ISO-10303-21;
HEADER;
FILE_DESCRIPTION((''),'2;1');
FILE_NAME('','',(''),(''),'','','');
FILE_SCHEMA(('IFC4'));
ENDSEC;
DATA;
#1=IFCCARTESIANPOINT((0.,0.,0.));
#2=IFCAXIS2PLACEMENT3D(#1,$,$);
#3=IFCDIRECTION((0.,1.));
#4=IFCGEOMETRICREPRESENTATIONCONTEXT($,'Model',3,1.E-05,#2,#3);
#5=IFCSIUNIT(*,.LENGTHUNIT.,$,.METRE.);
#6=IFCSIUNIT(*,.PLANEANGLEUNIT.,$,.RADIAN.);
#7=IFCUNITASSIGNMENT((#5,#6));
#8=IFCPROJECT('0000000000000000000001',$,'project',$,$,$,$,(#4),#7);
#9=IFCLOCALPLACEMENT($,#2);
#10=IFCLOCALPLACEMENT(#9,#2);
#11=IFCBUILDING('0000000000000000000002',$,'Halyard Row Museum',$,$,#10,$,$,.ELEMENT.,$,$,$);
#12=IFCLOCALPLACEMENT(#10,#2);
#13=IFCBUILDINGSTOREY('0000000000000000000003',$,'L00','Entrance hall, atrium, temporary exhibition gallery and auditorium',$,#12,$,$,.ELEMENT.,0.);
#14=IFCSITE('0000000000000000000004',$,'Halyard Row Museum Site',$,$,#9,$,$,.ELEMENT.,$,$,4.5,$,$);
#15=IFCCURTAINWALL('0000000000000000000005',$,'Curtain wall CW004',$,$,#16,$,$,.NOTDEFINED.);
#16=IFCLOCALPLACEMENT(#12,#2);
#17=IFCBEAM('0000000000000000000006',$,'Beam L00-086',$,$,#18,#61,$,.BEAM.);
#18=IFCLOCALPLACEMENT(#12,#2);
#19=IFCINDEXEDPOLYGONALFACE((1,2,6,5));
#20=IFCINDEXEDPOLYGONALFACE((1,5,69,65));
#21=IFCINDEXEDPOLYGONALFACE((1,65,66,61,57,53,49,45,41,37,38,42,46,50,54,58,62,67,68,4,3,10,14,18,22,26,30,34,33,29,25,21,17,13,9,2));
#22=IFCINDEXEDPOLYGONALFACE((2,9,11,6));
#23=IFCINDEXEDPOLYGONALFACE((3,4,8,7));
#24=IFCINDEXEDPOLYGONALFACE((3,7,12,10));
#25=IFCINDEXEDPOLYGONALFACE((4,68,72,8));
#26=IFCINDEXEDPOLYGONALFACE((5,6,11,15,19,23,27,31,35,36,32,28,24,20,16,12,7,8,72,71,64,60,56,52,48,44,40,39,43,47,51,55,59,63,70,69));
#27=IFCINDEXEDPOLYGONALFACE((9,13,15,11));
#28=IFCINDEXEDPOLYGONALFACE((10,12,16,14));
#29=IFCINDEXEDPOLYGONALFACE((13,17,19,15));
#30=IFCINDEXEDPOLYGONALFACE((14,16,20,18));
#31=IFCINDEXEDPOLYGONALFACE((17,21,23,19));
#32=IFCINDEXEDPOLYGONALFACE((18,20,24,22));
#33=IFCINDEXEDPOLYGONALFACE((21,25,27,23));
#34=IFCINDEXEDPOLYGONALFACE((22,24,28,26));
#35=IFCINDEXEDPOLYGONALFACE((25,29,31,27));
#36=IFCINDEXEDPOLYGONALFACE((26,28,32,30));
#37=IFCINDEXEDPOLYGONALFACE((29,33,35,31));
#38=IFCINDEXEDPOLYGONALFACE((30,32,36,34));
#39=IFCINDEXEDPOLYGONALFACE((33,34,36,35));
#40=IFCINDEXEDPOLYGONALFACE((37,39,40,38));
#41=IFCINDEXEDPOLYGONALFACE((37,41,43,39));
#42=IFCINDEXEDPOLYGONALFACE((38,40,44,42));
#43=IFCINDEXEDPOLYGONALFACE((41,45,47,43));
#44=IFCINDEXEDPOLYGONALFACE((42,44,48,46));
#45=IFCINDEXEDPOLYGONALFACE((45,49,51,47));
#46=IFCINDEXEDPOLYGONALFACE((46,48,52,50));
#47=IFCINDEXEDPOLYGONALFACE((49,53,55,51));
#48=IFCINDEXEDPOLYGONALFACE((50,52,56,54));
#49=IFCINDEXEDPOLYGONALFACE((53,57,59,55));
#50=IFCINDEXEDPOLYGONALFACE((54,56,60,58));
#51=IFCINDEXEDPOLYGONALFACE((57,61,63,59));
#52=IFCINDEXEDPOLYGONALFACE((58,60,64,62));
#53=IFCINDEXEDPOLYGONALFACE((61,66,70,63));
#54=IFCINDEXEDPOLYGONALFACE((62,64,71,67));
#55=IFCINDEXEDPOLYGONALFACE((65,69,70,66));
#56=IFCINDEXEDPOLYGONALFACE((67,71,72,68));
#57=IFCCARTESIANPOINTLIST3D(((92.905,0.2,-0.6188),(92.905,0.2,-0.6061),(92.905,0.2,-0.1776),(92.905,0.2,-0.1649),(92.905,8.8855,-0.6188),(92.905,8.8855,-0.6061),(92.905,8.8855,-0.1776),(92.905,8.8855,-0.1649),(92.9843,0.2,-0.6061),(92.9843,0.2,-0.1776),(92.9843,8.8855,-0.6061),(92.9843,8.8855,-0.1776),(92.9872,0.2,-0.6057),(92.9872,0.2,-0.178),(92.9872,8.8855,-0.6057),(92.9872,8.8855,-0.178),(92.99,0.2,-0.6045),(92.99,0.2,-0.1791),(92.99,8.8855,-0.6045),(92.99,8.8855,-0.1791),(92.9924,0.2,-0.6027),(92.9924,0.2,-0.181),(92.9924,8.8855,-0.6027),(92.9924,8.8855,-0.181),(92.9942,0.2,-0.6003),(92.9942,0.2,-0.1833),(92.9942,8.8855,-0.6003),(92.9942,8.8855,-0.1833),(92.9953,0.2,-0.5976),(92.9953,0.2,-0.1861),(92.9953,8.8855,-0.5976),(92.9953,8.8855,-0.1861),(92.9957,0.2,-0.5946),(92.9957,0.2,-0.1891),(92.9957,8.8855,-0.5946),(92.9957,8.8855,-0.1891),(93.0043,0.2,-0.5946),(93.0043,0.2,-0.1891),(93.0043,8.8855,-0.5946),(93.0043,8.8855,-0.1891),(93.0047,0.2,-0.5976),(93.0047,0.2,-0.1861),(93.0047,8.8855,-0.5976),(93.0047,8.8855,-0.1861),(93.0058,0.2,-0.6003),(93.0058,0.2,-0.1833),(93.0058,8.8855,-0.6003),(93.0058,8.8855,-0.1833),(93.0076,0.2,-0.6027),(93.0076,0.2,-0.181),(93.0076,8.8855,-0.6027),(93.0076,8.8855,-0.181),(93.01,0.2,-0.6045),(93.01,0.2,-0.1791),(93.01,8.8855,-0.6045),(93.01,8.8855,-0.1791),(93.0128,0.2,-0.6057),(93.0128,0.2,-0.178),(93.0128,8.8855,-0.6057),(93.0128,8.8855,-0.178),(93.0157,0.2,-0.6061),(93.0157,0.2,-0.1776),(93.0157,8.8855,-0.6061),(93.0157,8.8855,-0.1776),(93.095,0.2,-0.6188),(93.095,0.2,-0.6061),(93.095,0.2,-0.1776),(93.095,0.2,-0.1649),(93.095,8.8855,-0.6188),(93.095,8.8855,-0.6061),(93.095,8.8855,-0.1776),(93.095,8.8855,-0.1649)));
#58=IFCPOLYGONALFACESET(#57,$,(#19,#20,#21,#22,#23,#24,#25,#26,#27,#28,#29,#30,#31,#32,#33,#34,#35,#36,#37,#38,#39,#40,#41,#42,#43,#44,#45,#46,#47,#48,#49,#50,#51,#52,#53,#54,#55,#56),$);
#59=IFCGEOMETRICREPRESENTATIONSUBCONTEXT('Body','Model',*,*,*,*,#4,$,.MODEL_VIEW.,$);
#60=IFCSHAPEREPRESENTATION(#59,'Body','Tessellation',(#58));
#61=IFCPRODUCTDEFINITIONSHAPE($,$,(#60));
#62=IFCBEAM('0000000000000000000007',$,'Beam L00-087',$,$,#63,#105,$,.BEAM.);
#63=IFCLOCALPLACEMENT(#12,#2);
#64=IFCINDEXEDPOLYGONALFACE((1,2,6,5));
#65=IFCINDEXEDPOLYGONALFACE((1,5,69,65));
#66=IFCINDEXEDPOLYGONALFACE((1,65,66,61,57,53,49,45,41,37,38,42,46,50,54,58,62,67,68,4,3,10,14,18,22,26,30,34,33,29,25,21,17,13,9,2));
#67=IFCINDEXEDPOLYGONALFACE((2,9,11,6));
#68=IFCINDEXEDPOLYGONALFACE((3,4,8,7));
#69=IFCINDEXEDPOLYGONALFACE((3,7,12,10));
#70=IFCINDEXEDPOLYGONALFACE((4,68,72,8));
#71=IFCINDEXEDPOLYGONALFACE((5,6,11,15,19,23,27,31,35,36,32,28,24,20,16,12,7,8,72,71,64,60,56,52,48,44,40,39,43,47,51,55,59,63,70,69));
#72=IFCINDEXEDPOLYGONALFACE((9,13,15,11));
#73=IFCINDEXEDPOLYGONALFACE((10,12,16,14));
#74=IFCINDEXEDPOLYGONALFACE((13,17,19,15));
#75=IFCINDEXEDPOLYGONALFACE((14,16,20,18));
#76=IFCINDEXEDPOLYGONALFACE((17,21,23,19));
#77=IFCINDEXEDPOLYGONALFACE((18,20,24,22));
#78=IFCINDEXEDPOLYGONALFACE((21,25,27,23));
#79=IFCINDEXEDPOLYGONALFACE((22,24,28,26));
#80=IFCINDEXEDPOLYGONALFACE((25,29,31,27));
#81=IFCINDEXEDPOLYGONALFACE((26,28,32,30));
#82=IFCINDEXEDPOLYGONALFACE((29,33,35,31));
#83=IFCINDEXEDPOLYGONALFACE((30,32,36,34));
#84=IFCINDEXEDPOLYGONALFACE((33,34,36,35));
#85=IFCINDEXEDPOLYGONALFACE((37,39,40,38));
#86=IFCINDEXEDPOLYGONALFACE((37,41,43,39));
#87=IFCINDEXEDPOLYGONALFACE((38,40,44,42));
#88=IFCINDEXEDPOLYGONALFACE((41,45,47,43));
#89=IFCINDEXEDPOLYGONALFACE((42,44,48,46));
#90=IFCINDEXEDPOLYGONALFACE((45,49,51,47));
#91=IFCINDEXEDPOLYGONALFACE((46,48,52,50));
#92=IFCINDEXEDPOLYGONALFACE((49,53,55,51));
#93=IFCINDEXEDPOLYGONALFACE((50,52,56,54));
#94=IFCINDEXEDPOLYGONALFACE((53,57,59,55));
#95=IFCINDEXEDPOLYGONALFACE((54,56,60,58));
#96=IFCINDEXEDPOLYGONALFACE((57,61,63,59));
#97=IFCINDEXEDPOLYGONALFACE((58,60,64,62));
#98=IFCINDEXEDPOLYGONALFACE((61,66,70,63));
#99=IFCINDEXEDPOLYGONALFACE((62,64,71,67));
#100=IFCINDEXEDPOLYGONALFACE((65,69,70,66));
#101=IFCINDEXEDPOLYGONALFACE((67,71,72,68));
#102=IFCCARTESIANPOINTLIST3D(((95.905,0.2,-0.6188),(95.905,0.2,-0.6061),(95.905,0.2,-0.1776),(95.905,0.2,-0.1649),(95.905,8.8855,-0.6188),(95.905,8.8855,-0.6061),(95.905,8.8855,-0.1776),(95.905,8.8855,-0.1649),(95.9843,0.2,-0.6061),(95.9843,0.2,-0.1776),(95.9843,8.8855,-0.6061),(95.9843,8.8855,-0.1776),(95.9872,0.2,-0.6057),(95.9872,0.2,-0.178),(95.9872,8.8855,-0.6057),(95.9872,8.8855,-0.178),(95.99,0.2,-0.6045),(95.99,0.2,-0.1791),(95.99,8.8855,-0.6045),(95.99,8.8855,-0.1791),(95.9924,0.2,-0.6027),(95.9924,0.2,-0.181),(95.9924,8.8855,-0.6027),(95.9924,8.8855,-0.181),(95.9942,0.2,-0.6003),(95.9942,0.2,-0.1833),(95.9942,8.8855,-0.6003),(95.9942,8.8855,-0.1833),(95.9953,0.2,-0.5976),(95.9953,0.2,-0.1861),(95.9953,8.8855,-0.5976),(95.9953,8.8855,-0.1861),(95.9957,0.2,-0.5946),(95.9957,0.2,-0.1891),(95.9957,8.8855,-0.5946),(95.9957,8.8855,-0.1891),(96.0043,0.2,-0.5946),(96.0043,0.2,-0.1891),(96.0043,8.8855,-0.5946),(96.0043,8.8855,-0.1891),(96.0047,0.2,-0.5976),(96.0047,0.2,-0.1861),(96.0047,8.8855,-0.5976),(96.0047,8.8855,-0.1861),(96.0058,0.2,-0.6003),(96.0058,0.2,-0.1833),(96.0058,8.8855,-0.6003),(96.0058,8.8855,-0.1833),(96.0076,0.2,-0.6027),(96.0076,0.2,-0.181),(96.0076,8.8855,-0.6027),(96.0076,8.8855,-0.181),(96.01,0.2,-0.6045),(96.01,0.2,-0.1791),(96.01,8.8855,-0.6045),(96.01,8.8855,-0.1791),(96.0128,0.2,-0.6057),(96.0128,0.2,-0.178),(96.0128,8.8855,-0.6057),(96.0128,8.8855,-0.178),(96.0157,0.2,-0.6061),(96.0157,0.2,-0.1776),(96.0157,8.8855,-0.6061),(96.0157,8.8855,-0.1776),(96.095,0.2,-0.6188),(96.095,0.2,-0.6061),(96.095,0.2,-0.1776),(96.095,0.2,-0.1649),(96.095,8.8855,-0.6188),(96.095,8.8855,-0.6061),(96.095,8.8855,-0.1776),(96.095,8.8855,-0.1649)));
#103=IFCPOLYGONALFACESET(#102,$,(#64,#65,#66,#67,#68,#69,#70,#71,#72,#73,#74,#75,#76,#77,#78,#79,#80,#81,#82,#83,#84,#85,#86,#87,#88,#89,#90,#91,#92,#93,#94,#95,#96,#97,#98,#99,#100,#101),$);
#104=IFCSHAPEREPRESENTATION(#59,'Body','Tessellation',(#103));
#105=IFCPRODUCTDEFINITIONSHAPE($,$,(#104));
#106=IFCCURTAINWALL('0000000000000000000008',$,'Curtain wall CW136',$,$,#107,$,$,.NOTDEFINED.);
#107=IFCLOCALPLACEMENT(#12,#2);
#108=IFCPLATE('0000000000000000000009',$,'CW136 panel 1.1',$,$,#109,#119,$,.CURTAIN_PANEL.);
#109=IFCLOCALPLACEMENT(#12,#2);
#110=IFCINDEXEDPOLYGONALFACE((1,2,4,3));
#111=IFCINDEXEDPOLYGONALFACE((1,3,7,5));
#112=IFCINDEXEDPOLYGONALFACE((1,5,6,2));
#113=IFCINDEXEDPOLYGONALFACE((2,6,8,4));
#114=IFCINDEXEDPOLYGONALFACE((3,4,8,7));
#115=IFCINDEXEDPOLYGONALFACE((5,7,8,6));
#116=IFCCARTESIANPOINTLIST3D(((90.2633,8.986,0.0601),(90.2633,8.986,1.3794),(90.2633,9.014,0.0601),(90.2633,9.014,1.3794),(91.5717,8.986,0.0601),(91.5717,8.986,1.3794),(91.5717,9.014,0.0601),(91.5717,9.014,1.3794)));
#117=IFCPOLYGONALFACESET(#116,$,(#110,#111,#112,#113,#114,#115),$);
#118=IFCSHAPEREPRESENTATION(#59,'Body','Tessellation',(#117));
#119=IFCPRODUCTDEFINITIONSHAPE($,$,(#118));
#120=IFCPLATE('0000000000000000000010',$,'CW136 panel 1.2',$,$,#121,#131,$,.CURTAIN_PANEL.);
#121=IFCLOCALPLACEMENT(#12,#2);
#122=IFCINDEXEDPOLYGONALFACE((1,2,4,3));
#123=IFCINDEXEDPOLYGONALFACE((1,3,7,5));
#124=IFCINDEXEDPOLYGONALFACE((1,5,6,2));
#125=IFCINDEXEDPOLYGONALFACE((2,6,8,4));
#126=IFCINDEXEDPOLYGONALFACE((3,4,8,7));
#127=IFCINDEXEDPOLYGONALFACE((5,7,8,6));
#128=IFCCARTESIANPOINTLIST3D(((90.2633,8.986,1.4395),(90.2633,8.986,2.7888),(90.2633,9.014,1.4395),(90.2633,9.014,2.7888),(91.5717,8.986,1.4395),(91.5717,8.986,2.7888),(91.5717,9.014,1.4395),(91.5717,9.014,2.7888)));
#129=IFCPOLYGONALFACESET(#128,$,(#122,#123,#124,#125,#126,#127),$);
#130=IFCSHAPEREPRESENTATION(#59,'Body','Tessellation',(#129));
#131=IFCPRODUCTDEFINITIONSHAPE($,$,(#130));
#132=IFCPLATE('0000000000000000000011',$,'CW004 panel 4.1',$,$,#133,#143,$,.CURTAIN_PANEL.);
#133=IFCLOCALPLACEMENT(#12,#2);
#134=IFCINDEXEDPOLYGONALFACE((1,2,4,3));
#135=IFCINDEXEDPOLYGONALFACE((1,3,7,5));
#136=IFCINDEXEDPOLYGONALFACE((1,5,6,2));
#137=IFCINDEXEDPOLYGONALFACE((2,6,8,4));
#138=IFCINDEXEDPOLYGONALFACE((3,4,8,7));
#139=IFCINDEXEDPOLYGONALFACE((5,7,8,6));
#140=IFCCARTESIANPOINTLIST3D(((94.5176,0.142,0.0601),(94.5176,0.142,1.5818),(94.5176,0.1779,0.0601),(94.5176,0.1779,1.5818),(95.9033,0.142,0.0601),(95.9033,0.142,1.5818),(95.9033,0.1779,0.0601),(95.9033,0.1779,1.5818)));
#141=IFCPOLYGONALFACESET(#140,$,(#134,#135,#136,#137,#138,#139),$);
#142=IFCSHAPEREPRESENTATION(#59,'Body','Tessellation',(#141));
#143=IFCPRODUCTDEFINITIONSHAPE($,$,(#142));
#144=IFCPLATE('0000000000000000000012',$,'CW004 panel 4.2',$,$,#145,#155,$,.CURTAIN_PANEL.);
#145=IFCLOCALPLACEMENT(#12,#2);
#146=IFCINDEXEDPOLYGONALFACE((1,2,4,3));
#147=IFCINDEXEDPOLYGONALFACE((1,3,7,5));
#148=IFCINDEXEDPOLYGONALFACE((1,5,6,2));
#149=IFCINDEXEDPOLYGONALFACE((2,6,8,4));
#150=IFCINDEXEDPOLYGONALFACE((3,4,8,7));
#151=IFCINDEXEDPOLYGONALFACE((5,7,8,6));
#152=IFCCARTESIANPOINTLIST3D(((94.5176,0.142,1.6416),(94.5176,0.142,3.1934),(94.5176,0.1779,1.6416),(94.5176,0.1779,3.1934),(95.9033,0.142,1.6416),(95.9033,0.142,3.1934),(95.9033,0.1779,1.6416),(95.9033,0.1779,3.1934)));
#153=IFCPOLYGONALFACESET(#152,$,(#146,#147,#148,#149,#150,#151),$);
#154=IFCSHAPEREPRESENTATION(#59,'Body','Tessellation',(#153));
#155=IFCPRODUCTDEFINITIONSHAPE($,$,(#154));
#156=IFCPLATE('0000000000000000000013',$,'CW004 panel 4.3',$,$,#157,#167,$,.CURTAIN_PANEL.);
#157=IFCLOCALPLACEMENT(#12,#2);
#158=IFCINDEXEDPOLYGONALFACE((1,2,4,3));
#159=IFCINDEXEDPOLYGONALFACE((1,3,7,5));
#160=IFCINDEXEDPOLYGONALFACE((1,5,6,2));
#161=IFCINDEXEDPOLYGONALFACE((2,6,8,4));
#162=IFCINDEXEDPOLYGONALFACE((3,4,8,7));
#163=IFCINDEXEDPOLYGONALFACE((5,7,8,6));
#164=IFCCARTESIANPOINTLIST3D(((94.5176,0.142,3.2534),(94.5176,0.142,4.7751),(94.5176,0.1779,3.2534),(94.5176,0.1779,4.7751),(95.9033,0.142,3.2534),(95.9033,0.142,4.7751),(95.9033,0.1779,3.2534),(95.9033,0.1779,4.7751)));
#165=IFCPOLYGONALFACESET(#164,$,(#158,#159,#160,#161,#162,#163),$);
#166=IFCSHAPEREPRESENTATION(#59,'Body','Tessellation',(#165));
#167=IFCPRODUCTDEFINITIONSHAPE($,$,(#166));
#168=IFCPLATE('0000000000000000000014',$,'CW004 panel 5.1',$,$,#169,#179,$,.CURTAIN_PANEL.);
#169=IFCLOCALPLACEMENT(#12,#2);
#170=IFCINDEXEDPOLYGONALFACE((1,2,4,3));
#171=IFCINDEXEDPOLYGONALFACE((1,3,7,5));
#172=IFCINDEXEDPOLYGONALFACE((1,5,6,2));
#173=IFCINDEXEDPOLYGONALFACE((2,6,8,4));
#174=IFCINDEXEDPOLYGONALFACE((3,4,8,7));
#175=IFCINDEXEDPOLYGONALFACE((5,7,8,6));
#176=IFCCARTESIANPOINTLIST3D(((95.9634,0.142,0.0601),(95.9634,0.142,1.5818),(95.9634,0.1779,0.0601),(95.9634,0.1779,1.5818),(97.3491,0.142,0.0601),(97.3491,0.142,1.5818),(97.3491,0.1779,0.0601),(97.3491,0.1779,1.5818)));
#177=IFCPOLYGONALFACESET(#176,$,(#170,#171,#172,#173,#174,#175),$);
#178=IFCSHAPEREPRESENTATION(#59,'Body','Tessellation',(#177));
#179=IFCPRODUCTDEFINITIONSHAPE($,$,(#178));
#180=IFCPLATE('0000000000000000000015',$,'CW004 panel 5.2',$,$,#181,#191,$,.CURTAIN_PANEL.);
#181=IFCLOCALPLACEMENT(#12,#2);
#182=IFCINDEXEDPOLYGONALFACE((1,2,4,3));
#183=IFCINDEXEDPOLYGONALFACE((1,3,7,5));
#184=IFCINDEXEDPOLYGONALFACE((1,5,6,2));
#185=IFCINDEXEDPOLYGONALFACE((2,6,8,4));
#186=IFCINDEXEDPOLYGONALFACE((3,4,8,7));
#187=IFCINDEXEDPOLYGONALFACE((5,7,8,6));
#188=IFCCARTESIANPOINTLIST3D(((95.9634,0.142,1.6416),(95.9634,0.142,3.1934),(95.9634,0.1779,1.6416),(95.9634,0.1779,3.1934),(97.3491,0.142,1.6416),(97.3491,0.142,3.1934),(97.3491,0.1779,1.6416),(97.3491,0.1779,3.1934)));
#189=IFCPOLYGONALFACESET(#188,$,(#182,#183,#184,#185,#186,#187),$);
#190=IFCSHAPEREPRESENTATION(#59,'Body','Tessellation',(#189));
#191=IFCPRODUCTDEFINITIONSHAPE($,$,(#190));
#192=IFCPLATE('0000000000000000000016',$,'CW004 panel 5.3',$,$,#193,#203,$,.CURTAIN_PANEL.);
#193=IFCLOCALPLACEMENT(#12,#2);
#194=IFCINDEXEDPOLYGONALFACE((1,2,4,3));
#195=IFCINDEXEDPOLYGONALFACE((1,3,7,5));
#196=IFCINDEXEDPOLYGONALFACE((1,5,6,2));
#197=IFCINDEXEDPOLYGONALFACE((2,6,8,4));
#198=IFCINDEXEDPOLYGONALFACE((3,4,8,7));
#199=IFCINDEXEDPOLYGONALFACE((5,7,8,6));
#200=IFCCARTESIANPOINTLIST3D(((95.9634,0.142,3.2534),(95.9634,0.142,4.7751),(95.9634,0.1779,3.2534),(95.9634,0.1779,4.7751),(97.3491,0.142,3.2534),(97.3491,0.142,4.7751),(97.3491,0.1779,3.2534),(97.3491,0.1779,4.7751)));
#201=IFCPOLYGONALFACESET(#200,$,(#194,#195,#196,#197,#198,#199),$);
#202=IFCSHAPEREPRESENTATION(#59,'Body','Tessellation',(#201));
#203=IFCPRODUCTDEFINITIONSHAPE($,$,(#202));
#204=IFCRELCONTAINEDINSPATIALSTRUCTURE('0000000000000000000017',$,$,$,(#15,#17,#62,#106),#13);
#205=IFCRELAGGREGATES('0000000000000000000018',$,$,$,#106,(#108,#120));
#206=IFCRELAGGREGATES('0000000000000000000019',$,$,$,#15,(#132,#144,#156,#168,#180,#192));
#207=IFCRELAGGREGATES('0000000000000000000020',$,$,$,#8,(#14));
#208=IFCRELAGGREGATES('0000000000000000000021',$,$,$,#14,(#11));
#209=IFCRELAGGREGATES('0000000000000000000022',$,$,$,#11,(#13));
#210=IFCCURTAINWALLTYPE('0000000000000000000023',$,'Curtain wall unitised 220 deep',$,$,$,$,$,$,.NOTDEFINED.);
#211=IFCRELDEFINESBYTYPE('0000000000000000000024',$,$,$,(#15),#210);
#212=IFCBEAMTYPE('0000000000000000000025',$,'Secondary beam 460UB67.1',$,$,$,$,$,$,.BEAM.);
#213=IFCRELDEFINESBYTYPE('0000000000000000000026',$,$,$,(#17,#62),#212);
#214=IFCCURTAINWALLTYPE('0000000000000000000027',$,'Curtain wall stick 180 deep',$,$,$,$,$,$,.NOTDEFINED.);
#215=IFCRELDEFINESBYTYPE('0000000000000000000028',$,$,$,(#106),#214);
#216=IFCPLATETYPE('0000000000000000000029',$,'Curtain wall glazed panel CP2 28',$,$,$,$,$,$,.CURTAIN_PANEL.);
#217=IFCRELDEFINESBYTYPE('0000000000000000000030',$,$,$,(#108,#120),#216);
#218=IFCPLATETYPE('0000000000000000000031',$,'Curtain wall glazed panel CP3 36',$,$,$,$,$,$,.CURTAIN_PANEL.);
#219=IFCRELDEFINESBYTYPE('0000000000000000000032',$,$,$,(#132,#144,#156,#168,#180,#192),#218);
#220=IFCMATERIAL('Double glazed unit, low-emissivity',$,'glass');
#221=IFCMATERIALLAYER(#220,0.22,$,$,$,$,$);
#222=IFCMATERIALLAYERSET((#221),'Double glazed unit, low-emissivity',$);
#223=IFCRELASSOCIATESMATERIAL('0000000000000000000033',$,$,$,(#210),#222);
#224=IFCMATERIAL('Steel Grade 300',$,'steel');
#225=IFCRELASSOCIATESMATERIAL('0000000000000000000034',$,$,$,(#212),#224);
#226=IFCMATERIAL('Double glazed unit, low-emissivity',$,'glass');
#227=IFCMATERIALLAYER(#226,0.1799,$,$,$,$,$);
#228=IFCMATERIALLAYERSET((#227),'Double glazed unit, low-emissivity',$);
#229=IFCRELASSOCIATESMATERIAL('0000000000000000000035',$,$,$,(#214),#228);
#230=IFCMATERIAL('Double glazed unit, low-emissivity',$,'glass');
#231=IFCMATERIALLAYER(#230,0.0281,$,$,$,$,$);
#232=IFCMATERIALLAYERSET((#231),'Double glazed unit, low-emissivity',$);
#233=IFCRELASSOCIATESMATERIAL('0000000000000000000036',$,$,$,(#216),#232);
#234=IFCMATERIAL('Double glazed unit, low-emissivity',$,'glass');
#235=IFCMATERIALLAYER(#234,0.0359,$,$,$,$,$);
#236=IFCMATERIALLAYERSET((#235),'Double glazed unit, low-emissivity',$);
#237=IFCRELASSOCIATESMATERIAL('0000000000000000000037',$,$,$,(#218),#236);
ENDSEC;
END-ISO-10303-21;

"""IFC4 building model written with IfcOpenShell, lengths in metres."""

from ifc_helpers import new_model, si_unit, direction, frame, origin, origin_2d, place, context, subcontext, project, spatial, rectangle, i_section, extrude, material, layer, layer_set, material_profile, profile_set, type_object, element, aggregate, save


model = new_model("IFC4")

# Units and contexts
model_context = context("Model", 3, precision=1e-05, world=origin(), true_north=direction((0.0, 1.0)))
body_context = subcontext(model_context, "Body", "Model", "MODEL_VIEW")
ifc_project = project(units=[si_unit("LENGTHUNIT", "METRE"), si_unit("PLANEANGLEUNIT", "RADIAN")], contexts=[model_context])

# Site, building, storey
site_placement = place(None, origin())
site = spatial("IfcSite", under=ifc_project, at=site_placement, Name="Halyard Row Museum Site", CompositionType="ELEMENT", RefElevation=4.5)
building_placement = place(site_placement, origin())
building = spatial("IfcBuilding", under=site, at=building_placement, Name="Halyard Row Museum", CompositionType="ELEMENT")
storey_placement = place(building_placement, origin())
storey = spatial("IfcBuildingStorey", under=building, at=storey_placement, Name="L00", Description="Entrance hall, atrium, temporary exhibition gallery and auditorium", CompositionType="ELEMENT", Elevation=0.0)

# Curtain wall
ifc_material_1 = material(Name="Double glazed unit, low-emissivity", Category="glass")
ifc_layer_1 = layer(ifc_material_1, 0.22)
ifc_layer_set_1 = layer_set([ifc_layer_1], Name="Double glazed unit, low-emissivity")
curtain_wall_type_1 = type_object("IfcCurtainWallType", Name="Curtain wall unitised 220 deep", PredefinedType="NOTDEFINED", material=ifc_layer_set_1)
curtain_wall_1_placement = place(storey_placement, origin())
curtain_wall_1 = element("IfcCurtainWall", 1, at=curtain_wall_1_placement, inside=storey, type_object=curtain_wall_type_1, Name="Curtain wall CW004", PredefinedType="NOTDEFINED")

# Beams
ifc_material_2 = material(Name="Steel Grade 300", Category="steel")
ifc_material_profile_1 = material_profile(ifc_material_2, i_section(OverallWidth=0.1899, OverallDepth=0.4539, WebThickness=0.0085, FlangeThickness=0.0127, FilletRadius=0.0115, at=origin_2d()), Name="460UB67.1")
ifc_profile_set_1 = profile_set([ifc_material_profile_1], Name="Steel Grade 300")
beam_type = type_object("IfcBeamType", Name="Secondary beam 460UB67.1", PredefinedType="BEAM", material=ifc_profile_set_1)
for number, where, z_axis, x_axis, name in (
    (2, (93.0, 0.2, -0.3918), (0.0, 1.0, 0.0), (-1.0, 0.0, 0.0), "Beam L00-086"),
    (3, (96.0, 0.2, -0.3918), (0.0, 1.0, 0.0), (-1.0, 0.0, 0.0), "Beam L00-087"),
):
    element("IfcBeam", number, at=place(storey_placement, frame(where, z_axis=z_axis, x_axis=x_axis)), inside=storey, type_object=beam_type, Name=name, PredefinedType="BEAM", context=body_context, shape_type="SweptSolid", body=[
        extrude(i_section(OverallWidth=0.1899, OverallDepth=0.4539, WebThickness=0.0085, FlangeThickness=0.0127, FilletRadius=0.0115, at=origin_2d()), origin(), (0.0, 0.0, 1.0), 8.6855),
    ])

# Curtain wall, plates
ifc_material_3 = material(Name="Double glazed unit, low-emissivity", Category="glass")
ifc_layer_2 = layer(ifc_material_3, 0.1799)
ifc_layer_set_2 = layer_set([ifc_layer_2], Name="Double glazed unit, low-emissivity")
curtain_wall_type_2 = type_object("IfcCurtainWallType", Name="Curtain wall stick 180 deep", PredefinedType="NOTDEFINED", material=ifc_layer_set_2)
curtain_wall_2_placement = place(storey_placement, origin())
curtain_wall_2 = element("IfcCurtainWall", 4, at=curtain_wall_2_placement, inside=storey, type_object=curtain_wall_type_2, Name="Curtain wall CW136", PredefinedType="NOTDEFINED")
ifc_material_4 = material(Name="Double glazed unit, low-emissivity", Category="glass")
ifc_layer_3 = layer(ifc_material_4, 0.0281)
ifc_layer_set_3 = layer_set([ifc_layer_3], Name="Double glazed unit, low-emissivity")
plate_type_1 = type_object("IfcPlateType", Name="Curtain wall glazed panel CP2 28", PredefinedType="CURTAIN_PANEL", material=ifc_layer_set_3)
plate_1_placement = place(storey_placement, frame((90.9175, 9.0, 0.0601), z_axis=(0.0, 0.0, 1.0), x_axis=(1.0, 0.0, 0.0)))
plate_1 = element("IfcPlate", 5, at=plate_1_placement, type_object=plate_type_1, Name="CW136 panel 1.1", PredefinedType="CURTAIN_PANEL", context=body_context, shape_type="SweptSolid", body=[
    extrude(rectangle(XDim=1.3083, YDim=0.0281, at=origin_2d()), origin(), (0.0, 0.0, 1.0), 1.3193),
])
plate_2_placement = place(storey_placement, frame((90.9175, 9.0, 1.4395), z_axis=(0.0, 0.0, 1.0), x_axis=(1.0, 0.0, 0.0)))
plate_2 = element("IfcPlate", 6, at=plate_2_placement, type_object=plate_type_1, Name="CW136 panel 1.2", PredefinedType="CURTAIN_PANEL", context=body_context, shape_type="SweptSolid", body=[
    extrude(rectangle(XDim=1.3083, YDim=0.0281, at=origin_2d()), origin(), (0.0, 0.0, 1.0), 1.3494),
])
aggregate(curtain_wall_2, [plate_1, plate_2])

# Plates
ifc_material_5 = material(Name="Double glazed unit, low-emissivity", Category="glass")
ifc_layer_4 = layer(ifc_material_5, 0.0359)
ifc_layer_set_4 = layer_set([ifc_layer_4], Name="Double glazed unit, low-emissivity")
plate_type_2 = type_object("IfcPlateType", Name="Curtain wall glazed panel CP3 36", PredefinedType="CURTAIN_PANEL", material=ifc_layer_set_4)
plate_3_placement = place(storey_placement, frame((95.2104, 0.1599, 0.0601), z_axis=(0.0, 0.0, 1.0), x_axis=(1.0, 0.0, 0.0)))
plate_3 = element("IfcPlate", 7, at=plate_3_placement, type_object=plate_type_2, Name="CW004 panel 4.1", PredefinedType="CURTAIN_PANEL", context=body_context, shape_type="SweptSolid", body=[
    extrude(rectangle(XDim=1.3857, YDim=0.0359, at=origin_2d()), origin(), (0.0, 0.0, 1.0), 1.5217),
])
plate_4_placement = place(storey_placement, frame((95.2104, 0.1599, 1.6416), z_axis=(0.0, 0.0, 1.0), x_axis=(1.0, 0.0, 0.0)))
plate_4 = element("IfcPlate", 8, at=plate_4_placement, type_object=plate_type_2, Name="CW004 panel 4.2", PredefinedType="CURTAIN_PANEL", context=body_context, shape_type="SweptSolid", body=[
    extrude(rectangle(XDim=1.3857, YDim=0.0359, at=origin_2d()), origin(), (0.0, 0.0, 1.0), 1.5518),
])
plate_5_placement = place(storey_placement, frame((95.2104, 0.1599, 3.2534), z_axis=(0.0, 0.0, 1.0), x_axis=(1.0, 0.0, 0.0)))
plate_5 = element("IfcPlate", 9, at=plate_5_placement, type_object=plate_type_2, Name="CW004 panel 4.3", PredefinedType="CURTAIN_PANEL", context=body_context, shape_type="SweptSolid", body=[
    extrude(rectangle(XDim=1.3857, YDim=0.0359, at=origin_2d()), origin(), (0.0, 0.0, 1.0), 1.5217),
])
plate_6_placement = place(storey_placement, frame((96.6562, 0.1599, 0.0601), z_axis=(0.0, 0.0, 1.0), x_axis=(1.0, 0.0, 0.0)))
plate_6 = element("IfcPlate", 10, at=plate_6_placement, type_object=plate_type_2, Name="CW004 panel 5.1", PredefinedType="CURTAIN_PANEL", context=body_context, shape_type="SweptSolid", body=[
    extrude(rectangle(XDim=1.3857, YDim=0.0359, at=origin_2d()), origin(), (0.0, 0.0, 1.0), 1.5217),
])
plate_7_placement = place(storey_placement, frame((96.6562, 0.1599, 1.6416), z_axis=(0.0, 0.0, 1.0), x_axis=(1.0, 0.0, 0.0)))
plate_7 = element("IfcPlate", 11, at=plate_7_placement, type_object=plate_type_2, Name="CW004 panel 5.2", PredefinedType="CURTAIN_PANEL", context=body_context, shape_type="SweptSolid", body=[
    extrude(rectangle(XDim=1.3857, YDim=0.0359, at=origin_2d()), origin(), (0.0, 0.0, 1.0), 1.5518),
])
plate_8_placement = place(storey_placement, frame((96.6562, 0.1599, 3.2534), z_axis=(0.0, 0.0, 1.0), x_axis=(1.0, 0.0, 0.0)))
plate_8 = element("IfcPlate", 12, at=plate_8_placement, type_object=plate_type_2, Name="CW004 panel 5.3", PredefinedType="CURTAIN_PANEL", context=body_context, shape_type="SweptSolid", body=[
    extrude(rectangle(XDim=1.3857, YDim=0.0359, at=origin_2d()), origin(), (0.0, 0.0, 1.0), 1.5217),
])
aggregate(curtain_wall_1, [plate_3, plate_4, plate_5, plate_6, plate_7, plate_8])

save(model, "model.ifc")
